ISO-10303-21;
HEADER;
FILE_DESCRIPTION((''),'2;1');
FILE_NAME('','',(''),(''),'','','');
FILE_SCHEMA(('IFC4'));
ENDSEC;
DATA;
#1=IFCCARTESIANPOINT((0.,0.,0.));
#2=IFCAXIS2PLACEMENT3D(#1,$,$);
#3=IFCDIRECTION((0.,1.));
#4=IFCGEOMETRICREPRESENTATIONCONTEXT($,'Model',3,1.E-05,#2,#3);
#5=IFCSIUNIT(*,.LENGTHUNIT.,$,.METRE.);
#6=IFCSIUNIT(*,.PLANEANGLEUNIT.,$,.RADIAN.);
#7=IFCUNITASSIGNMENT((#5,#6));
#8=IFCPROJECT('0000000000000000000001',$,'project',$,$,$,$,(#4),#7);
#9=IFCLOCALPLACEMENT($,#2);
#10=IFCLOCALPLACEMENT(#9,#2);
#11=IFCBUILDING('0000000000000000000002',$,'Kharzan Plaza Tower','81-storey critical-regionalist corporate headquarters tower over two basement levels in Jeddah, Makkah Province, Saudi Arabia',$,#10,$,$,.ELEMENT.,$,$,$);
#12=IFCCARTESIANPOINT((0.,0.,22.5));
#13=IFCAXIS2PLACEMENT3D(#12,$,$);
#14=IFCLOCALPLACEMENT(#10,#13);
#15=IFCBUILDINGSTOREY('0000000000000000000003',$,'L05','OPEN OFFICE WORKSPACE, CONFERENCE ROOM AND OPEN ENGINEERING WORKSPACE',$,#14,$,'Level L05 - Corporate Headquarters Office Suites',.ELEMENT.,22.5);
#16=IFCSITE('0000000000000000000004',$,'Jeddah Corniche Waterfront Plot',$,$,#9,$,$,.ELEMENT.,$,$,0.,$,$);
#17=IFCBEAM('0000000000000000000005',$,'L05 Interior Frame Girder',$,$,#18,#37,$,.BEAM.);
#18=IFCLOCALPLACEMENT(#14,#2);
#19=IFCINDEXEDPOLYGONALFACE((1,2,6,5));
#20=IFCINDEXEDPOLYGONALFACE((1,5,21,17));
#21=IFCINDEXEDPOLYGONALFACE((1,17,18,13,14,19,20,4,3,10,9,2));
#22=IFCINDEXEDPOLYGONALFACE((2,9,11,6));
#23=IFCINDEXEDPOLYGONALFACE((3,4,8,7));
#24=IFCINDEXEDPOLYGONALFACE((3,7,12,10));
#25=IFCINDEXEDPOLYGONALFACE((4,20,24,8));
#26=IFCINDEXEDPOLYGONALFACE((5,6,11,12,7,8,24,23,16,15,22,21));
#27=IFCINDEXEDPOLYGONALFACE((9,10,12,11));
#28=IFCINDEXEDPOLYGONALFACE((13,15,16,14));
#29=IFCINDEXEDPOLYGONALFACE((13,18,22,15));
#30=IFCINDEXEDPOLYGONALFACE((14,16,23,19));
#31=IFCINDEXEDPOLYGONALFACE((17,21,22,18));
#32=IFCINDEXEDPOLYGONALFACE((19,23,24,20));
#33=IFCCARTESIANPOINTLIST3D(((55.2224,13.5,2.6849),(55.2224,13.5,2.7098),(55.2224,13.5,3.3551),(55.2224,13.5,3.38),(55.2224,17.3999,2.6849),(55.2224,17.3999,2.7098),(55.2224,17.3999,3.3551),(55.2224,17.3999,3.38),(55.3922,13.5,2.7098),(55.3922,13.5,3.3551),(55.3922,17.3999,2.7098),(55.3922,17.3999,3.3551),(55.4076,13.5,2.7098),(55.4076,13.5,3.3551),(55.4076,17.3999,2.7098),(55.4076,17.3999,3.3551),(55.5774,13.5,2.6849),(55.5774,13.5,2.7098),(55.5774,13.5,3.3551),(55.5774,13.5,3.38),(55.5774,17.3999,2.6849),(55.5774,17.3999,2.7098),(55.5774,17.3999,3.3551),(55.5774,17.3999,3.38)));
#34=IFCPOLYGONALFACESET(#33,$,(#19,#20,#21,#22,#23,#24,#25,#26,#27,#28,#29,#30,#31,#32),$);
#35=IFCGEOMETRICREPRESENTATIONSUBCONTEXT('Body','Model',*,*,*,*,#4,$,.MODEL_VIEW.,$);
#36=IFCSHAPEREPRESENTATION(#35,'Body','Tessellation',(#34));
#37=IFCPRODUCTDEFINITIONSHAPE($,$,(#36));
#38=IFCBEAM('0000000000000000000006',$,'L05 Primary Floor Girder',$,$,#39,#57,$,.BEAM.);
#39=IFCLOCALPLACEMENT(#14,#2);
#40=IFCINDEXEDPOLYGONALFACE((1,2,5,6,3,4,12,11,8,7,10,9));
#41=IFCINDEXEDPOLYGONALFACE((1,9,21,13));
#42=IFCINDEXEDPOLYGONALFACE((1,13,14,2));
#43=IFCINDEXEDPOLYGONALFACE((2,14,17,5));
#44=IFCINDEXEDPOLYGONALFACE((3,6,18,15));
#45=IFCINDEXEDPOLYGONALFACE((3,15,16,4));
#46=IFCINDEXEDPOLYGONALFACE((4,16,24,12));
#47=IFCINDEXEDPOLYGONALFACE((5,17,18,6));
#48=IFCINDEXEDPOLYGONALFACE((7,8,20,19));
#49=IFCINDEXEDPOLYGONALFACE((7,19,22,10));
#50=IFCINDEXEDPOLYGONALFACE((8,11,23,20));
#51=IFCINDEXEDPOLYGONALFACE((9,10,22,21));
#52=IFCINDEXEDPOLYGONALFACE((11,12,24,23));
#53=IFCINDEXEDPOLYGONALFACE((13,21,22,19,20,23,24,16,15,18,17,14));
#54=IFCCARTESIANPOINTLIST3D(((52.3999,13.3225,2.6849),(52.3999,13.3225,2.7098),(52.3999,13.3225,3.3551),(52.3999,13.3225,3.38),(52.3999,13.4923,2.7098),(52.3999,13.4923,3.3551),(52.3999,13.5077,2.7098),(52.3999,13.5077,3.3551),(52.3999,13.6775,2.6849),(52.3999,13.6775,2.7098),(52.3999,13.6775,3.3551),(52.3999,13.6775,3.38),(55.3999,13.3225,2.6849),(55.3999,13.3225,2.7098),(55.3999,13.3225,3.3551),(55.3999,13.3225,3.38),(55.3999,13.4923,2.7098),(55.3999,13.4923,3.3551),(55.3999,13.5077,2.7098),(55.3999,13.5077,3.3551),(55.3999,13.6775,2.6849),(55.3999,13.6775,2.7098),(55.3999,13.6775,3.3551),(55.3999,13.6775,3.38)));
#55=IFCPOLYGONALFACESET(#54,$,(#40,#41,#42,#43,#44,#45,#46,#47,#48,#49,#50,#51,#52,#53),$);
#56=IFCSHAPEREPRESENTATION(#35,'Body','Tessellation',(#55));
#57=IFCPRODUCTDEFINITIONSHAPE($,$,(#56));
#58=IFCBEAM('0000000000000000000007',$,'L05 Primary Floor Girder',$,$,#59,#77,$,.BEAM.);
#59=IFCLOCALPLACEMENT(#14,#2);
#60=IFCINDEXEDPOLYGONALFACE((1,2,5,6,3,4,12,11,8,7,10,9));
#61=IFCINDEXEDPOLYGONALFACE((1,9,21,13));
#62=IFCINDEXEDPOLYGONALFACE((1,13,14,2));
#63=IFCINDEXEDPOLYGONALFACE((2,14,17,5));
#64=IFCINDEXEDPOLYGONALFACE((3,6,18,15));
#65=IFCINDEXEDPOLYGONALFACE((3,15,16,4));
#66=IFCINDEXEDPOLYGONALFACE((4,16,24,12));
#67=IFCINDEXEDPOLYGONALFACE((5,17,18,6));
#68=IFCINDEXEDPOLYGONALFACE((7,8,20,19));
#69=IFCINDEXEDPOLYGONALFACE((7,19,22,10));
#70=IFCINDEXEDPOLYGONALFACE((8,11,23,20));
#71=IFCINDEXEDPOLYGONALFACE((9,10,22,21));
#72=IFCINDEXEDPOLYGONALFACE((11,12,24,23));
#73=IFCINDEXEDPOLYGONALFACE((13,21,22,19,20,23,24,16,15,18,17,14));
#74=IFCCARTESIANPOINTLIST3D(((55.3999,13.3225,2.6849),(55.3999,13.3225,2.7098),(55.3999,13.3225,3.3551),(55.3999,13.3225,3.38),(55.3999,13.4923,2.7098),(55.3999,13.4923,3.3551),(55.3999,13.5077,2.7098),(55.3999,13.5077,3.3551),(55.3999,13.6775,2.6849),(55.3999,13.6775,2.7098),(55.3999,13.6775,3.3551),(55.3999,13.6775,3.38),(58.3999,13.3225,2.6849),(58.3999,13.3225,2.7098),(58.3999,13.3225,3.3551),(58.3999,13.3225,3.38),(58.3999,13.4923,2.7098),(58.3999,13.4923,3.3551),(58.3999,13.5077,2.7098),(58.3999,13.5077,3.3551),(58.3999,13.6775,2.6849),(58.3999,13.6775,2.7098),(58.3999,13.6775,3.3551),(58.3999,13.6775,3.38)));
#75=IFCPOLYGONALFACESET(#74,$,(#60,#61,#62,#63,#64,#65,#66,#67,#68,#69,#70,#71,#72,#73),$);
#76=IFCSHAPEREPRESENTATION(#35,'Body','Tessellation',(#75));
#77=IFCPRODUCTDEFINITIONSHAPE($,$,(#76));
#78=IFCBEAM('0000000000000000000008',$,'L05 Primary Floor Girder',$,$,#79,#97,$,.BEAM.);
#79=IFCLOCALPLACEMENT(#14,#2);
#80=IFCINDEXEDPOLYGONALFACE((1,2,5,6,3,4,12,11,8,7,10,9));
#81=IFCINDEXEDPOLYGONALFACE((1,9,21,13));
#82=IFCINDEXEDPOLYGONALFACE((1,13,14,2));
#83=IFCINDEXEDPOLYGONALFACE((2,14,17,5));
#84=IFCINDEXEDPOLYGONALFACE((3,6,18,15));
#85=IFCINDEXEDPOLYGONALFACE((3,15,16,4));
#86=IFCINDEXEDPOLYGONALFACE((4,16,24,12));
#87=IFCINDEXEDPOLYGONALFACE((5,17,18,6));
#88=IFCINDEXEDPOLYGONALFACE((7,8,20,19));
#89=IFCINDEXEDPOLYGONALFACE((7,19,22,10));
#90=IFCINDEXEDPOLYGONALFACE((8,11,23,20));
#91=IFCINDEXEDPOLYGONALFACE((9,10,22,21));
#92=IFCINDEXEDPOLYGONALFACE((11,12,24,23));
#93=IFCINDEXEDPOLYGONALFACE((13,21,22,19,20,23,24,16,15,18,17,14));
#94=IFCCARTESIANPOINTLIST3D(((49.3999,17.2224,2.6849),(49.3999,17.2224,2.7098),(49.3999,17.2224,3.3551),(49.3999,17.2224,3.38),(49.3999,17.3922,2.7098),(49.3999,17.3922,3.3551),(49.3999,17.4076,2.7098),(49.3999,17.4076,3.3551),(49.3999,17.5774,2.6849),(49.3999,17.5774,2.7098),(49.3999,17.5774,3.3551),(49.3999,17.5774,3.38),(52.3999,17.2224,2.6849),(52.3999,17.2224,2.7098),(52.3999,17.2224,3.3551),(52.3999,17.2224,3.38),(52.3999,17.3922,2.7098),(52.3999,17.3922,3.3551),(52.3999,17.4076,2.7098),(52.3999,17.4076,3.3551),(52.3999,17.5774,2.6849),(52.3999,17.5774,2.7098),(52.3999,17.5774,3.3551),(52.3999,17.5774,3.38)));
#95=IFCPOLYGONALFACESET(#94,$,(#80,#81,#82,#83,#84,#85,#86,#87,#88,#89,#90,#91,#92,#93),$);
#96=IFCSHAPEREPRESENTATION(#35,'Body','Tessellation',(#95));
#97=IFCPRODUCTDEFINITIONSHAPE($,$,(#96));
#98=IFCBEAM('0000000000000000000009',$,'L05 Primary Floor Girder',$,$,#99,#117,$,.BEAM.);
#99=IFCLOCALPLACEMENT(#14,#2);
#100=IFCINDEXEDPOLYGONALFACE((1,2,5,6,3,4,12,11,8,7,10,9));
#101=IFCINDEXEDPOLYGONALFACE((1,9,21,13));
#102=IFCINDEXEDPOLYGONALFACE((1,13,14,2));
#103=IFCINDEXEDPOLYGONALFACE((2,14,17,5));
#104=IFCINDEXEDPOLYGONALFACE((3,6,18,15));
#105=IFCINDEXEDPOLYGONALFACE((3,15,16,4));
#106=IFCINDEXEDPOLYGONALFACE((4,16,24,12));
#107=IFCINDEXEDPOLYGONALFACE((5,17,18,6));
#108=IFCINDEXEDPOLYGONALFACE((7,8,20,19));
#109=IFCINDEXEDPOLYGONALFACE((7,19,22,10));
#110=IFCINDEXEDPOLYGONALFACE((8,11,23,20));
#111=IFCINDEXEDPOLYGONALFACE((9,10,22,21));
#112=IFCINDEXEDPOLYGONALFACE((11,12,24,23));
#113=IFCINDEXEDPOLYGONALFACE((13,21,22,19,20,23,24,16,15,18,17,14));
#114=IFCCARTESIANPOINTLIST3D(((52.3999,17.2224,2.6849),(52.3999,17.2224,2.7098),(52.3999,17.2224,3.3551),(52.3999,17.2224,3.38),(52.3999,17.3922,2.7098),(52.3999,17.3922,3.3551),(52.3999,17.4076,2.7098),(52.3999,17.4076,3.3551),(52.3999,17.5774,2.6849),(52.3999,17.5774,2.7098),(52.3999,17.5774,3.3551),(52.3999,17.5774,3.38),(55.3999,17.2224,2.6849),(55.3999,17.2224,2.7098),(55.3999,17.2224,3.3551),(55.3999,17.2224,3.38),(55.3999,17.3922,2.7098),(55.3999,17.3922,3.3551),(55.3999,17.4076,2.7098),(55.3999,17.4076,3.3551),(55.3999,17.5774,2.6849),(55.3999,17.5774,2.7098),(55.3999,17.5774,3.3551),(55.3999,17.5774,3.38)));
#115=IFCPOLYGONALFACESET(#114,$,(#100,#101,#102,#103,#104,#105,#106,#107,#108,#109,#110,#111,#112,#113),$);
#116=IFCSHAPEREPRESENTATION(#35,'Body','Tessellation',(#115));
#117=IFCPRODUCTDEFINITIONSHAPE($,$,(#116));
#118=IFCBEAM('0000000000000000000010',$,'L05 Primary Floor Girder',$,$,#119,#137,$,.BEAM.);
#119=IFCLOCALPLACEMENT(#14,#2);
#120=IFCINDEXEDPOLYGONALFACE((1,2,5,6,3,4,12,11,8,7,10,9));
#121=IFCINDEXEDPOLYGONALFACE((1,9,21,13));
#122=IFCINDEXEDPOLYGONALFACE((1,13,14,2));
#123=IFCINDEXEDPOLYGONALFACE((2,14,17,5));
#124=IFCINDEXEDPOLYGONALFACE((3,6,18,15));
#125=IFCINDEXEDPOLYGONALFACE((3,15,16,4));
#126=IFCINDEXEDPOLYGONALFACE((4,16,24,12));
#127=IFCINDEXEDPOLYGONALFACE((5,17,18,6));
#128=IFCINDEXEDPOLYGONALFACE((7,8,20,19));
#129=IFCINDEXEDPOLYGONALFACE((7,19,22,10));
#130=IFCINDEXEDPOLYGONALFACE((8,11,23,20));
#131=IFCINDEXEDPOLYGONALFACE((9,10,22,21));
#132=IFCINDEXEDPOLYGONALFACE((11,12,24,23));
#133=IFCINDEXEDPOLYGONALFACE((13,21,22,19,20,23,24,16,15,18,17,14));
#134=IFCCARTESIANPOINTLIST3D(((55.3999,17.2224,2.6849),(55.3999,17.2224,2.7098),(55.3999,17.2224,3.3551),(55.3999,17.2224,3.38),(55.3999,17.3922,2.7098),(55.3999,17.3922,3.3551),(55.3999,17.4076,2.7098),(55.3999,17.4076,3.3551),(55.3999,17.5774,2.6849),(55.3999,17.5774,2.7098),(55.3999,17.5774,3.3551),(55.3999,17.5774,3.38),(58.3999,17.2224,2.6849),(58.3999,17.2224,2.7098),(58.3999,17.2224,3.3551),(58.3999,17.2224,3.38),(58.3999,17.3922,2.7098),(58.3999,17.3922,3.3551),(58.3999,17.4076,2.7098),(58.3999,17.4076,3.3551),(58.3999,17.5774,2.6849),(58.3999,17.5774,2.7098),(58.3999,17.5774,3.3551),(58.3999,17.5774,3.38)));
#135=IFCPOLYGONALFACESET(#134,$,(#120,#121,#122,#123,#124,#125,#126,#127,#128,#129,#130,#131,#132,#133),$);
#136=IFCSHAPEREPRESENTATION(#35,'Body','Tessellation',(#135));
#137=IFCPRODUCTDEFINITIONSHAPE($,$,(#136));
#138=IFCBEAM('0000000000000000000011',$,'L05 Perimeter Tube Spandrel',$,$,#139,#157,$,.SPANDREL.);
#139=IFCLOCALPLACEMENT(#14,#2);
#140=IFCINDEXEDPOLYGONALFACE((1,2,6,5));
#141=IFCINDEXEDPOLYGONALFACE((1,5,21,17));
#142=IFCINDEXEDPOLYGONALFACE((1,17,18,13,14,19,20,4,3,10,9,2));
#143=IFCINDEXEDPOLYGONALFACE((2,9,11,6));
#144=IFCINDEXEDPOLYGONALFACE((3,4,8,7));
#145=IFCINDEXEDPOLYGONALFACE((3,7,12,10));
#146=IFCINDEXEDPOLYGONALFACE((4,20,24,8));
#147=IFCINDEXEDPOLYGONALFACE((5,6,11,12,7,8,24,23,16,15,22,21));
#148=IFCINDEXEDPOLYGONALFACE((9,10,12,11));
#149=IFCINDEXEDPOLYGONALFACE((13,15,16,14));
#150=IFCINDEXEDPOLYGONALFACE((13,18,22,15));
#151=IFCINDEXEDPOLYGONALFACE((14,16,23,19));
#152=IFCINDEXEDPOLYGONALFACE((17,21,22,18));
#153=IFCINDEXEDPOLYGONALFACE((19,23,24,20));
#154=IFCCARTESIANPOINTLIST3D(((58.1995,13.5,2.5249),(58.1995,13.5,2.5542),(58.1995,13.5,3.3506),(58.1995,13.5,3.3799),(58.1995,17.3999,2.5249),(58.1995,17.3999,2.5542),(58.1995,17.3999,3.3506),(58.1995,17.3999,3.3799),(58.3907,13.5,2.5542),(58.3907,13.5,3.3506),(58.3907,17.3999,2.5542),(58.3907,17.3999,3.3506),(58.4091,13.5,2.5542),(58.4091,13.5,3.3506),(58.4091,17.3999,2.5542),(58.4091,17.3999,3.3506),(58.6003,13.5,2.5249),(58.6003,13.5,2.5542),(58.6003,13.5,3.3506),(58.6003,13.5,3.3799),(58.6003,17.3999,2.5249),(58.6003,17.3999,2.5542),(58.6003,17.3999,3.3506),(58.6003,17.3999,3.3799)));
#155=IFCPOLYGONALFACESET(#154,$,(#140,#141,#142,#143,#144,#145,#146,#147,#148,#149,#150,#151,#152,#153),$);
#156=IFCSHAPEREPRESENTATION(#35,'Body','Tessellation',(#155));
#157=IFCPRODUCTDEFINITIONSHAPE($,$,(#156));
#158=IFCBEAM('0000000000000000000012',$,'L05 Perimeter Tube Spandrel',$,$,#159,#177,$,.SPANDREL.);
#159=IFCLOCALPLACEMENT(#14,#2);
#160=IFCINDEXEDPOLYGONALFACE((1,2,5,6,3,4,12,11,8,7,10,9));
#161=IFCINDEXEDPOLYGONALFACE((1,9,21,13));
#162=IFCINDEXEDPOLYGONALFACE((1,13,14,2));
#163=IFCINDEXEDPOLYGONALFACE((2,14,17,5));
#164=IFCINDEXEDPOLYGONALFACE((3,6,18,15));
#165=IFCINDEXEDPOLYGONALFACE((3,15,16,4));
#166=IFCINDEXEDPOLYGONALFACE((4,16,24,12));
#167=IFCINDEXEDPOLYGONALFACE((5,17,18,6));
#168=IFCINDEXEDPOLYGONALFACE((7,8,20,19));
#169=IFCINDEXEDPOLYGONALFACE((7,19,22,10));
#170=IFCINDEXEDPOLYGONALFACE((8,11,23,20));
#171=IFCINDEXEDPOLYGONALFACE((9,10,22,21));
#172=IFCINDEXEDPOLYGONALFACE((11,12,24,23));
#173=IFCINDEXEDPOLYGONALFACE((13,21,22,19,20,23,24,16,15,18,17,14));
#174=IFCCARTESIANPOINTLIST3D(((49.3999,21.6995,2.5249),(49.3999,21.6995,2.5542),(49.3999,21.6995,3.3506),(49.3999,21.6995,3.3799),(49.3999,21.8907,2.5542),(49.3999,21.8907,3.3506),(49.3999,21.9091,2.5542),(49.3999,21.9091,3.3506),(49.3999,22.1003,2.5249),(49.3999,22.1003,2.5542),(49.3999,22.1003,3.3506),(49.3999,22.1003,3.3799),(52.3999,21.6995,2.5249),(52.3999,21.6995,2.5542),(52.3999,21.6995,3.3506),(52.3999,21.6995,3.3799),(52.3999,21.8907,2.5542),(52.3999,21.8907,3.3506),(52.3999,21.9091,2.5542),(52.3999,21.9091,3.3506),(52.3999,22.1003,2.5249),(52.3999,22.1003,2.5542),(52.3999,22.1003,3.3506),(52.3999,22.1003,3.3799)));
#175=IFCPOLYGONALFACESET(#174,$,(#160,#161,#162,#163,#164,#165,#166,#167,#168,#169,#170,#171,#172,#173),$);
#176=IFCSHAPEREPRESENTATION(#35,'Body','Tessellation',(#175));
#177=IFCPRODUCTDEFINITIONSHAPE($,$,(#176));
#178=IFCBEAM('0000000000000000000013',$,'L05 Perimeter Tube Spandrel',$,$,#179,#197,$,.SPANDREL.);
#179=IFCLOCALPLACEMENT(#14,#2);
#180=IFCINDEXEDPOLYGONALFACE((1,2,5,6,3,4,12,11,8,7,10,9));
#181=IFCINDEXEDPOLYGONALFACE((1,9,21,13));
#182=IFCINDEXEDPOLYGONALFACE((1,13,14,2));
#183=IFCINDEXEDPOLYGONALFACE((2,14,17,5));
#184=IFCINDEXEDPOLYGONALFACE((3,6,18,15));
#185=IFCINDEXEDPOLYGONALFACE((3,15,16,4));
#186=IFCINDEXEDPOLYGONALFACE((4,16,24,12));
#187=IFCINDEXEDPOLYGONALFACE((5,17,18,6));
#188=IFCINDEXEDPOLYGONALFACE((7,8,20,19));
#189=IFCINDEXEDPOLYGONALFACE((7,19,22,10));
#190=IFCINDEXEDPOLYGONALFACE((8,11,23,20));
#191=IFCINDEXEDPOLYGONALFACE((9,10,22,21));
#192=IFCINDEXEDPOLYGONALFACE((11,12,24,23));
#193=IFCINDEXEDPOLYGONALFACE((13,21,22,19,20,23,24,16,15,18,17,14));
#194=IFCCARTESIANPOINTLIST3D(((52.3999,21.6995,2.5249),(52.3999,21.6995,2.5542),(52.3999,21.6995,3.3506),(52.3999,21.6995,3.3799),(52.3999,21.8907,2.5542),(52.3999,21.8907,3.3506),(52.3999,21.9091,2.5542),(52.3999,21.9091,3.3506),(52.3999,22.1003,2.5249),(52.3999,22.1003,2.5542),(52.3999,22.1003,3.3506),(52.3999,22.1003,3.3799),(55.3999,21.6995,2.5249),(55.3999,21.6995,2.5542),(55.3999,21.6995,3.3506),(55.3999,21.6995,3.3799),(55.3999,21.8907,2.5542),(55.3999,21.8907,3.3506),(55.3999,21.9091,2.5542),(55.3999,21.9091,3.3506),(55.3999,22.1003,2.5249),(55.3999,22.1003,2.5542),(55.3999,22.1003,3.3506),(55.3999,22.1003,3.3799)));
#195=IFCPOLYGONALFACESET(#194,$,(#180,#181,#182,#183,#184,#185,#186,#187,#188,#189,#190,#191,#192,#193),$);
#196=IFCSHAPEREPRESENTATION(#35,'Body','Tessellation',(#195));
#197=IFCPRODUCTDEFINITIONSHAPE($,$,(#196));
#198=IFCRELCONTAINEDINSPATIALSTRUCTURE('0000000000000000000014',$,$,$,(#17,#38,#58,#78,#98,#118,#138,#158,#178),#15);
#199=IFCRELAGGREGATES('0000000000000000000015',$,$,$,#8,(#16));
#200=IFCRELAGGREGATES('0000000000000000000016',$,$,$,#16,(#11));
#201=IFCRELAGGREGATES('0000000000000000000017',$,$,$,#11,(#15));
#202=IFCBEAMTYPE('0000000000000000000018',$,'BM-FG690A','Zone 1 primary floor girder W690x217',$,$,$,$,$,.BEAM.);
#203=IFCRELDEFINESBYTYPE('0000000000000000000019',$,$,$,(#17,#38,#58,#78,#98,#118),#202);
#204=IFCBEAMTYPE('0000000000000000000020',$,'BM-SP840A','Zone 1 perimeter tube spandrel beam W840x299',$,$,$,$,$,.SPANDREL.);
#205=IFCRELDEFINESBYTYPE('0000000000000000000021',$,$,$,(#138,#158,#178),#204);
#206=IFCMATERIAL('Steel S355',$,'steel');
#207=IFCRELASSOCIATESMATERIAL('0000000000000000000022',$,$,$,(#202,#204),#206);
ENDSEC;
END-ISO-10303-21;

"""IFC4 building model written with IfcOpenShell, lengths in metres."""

from ifc_helpers import new_model, si_unit, direction, frame, origin, origin_2d, place, context, subcontext, project, spatial, i_section, extrude, source, transform, mapped, material, material_profile, profile_set, type_object, element, save


model = new_model("IFC4")

# Units and contexts
model_context = context("Model", 3, precision=1e-05, world=origin(), true_north=direction((0.0, 1.0)))
body_context = subcontext(model_context, "Body", "Model", "MODEL_VIEW")
ifc_project = project(units=[si_unit("LENGTHUNIT", "METRE"), si_unit("PLANEANGLEUNIT", "RADIAN")], contexts=[model_context])

# Site, building, storey
site_placement = place(None, origin())
site = spatial("IfcSite", under=ifc_project, at=site_placement, Name="Jeddah Corniche Waterfront Plot", CompositionType="ELEMENT", RefElevation=0.0)
building_placement = place(site_placement, origin())
building = spatial("IfcBuilding", under=site, at=building_placement, Name="Kharzan Plaza Tower", Description="81-storey critical-regionalist corporate headquarters tower over two basement levels in Jeddah, Makkah Province, Saudi Arabia", CompositionType="ELEMENT")
storey_placement = place(building_placement, frame((0.0, 0.0, 22.5)))
storey = spatial("IfcBuildingStorey", under=building, at=storey_placement, Name="L05", Description="OPEN OFFICE WORKSPACE, CONFERENCE ROOM AND OPEN ENGINEERING WORKSPACE", LongName="Level L05 - Corporate Headquarters Office Suites", CompositionType="ELEMENT", Elevation=22.5)

# Beams
ifc_material_1 = material(Name="Steel S355", Category="steel")
ifc_material_profile_1 = material_profile(ifc_material_1, i_section(OverallWidth=0.355, OverallDepth=0.6951, WebThickness=0.0154, FlangeThickness=0.0249, at=origin_2d()), Name="W690x217")
ifc_profile_set_1 = profile_set([ifc_material_profile_1], Name="Steel S355")
beam_type_1 = type_object("IfcBeamType", Name="BM-FG690A", Description="Zone 1 primary floor girder W690x217", PredefinedType="BEAM", material=ifc_profile_set_1)
shared_shape_1 = source(origin(), body_context, "Body", "SweptSolid", [
    extrude(i_section(OverallWidth=0.355, OverallDepth=0.6951, WebThickness=0.0154, FlangeThickness=0.0249, at=origin_2d()), origin(), (0.0, 0.0, 1.0), 3.8999),
])
for number, where, z_axis, x_axis, name in (
    (1, (55.3999, 13.5, 3.0325), (0.0, 1.0, 0.0), (-1.0, 0.0, 0.0), "L05 Interior Frame Girder"),
):
    element("IfcBeam", number, at=place(storey_placement, frame(where, z_axis=z_axis, x_axis=x_axis)), inside=storey, type_object=beam_type_1, Name=name, PredefinedType="BEAM", context=body_context, shape_type="MappedRepresentation", body=[
        mapped(shared_shape_1, transform((0.0, 0.0, 0.0), x_axis=(1.0, 0.0, 0.0), y_axis=(0.0, 1.0, 0.0), z_axis=(0.0, 0.0, 1.0))),
    ])
shared_shape_2 = source(origin(), body_context, "Body", "SweptSolid", [
    extrude(i_section(OverallWidth=0.355, OverallDepth=0.6951, WebThickness=0.0154, FlangeThickness=0.0249, at=origin_2d()), origin(), (0.0, 0.0, 1.0), 3.0),
])
for number, where, z_axis, x_axis, name in (
    (2, (52.3999, 13.5, 3.0325), (1.0, 0.0, 0.0), (0.0, 1.0, 0.0), "L05 Primary Floor Girder"),
    (3, (55.3999, 13.5, 3.0325), (1.0, 0.0, 0.0), (0.0, 1.0, 0.0), "L05 Primary Floor Girder"),
    (4, (49.3999, 17.3999, 3.0325), (1.0, 0.0, 0.0), (0.0, 1.0, 0.0), "L05 Primary Floor Girder"),
    (5, (52.3999, 17.3999, 3.0325), (1.0, 0.0, 0.0), (0.0, 1.0, 0.0), "L05 Primary Floor Girder"),
    (6, (55.3999, 17.3999, 3.0325), (1.0, 0.0, 0.0), (0.0, 1.0, 0.0), "L05 Primary Floor Girder"),
):
    element("IfcBeam", number, at=place(storey_placement, frame(where, z_axis=z_axis, x_axis=x_axis)), inside=storey, type_object=beam_type_1, Name=name, PredefinedType="BEAM", context=body_context, shape_type="MappedRepresentation", body=[
        mapped(shared_shape_2, transform((0.0, 0.0, 0.0), x_axis=(1.0, 0.0, 0.0), y_axis=(0.0, 1.0, 0.0), z_axis=(0.0, 0.0, 1.0))),
    ])
ifc_material_profile_2 = material_profile(ifc_material_1, i_section(OverallWidth=0.4009, OverallDepth=0.855, WebThickness=0.0183, FlangeThickness=0.0293, at=origin_2d()), Name="W840x299")
ifc_profile_set_2 = profile_set([ifc_material_profile_2], Name="Steel S355")
beam_type_2 = type_object("IfcBeamType", Name="BM-SP840A", Description="Zone 1 perimeter tube spandrel beam W840x299", PredefinedType="SPANDREL", material=ifc_profile_set_2)
shared_shape_3 = source(origin(), body_context, "Body", "SweptSolid", [
    extrude(i_section(OverallWidth=0.4009, OverallDepth=0.855, WebThickness=0.0183, FlangeThickness=0.0293, at=origin_2d()), origin(), (0.0, 0.0, 1.0), 3.8999),
])
beam_placement = place(storey_placement, frame((58.3999, 13.5, 2.9524), z_axis=(0.0, 1.0, 0.0), x_axis=(-1.0, 0.0, 0.0)))
element("IfcBeam", 7, at=beam_placement, inside=storey, type_object=beam_type_2, Name="L05 Perimeter Tube Spandrel", PredefinedType="SPANDREL", context=body_context, shape_type="MappedRepresentation", body=[
    mapped(shared_shape_3, transform((0.0, 0.0, 0.0), x_axis=(1.0, 0.0, 0.0), y_axis=(0.0, 1.0, 0.0), z_axis=(0.0, 0.0, 1.0))),
])
shared_shape_4 = source(origin(), body_context, "Body", "SweptSolid", [
    extrude(i_section(OverallWidth=0.4009, OverallDepth=0.855, WebThickness=0.0183, FlangeThickness=0.0293, at=origin_2d()), origin(), (0.0, 0.0, 1.0), 3.0),
])
for number, where, z_axis, x_axis, name in (
    (8, (49.3999, 21.8999, 2.9524), (1.0, 0.0, 0.0), (0.0, 1.0, 0.0), "L05 Perimeter Tube Spandrel"),
    (9, (52.3999, 21.8999, 2.9524), (1.0, 0.0, 0.0), (0.0, 1.0, 0.0), "L05 Perimeter Tube Spandrel"),
):
    element("IfcBeam", number, at=place(storey_placement, frame(where, z_axis=z_axis, x_axis=x_axis)), inside=storey, type_object=beam_type_2, Name=name, PredefinedType="SPANDREL", context=body_context, shape_type="MappedRepresentation", body=[
        mapped(shared_shape_4, transform((0.0, 0.0, 0.0), x_axis=(1.0, 0.0, 0.0), y_axis=(0.0, 1.0, 0.0), z_axis=(0.0, 0.0, 1.0))),
    ])

save(model, "model.ifc")
